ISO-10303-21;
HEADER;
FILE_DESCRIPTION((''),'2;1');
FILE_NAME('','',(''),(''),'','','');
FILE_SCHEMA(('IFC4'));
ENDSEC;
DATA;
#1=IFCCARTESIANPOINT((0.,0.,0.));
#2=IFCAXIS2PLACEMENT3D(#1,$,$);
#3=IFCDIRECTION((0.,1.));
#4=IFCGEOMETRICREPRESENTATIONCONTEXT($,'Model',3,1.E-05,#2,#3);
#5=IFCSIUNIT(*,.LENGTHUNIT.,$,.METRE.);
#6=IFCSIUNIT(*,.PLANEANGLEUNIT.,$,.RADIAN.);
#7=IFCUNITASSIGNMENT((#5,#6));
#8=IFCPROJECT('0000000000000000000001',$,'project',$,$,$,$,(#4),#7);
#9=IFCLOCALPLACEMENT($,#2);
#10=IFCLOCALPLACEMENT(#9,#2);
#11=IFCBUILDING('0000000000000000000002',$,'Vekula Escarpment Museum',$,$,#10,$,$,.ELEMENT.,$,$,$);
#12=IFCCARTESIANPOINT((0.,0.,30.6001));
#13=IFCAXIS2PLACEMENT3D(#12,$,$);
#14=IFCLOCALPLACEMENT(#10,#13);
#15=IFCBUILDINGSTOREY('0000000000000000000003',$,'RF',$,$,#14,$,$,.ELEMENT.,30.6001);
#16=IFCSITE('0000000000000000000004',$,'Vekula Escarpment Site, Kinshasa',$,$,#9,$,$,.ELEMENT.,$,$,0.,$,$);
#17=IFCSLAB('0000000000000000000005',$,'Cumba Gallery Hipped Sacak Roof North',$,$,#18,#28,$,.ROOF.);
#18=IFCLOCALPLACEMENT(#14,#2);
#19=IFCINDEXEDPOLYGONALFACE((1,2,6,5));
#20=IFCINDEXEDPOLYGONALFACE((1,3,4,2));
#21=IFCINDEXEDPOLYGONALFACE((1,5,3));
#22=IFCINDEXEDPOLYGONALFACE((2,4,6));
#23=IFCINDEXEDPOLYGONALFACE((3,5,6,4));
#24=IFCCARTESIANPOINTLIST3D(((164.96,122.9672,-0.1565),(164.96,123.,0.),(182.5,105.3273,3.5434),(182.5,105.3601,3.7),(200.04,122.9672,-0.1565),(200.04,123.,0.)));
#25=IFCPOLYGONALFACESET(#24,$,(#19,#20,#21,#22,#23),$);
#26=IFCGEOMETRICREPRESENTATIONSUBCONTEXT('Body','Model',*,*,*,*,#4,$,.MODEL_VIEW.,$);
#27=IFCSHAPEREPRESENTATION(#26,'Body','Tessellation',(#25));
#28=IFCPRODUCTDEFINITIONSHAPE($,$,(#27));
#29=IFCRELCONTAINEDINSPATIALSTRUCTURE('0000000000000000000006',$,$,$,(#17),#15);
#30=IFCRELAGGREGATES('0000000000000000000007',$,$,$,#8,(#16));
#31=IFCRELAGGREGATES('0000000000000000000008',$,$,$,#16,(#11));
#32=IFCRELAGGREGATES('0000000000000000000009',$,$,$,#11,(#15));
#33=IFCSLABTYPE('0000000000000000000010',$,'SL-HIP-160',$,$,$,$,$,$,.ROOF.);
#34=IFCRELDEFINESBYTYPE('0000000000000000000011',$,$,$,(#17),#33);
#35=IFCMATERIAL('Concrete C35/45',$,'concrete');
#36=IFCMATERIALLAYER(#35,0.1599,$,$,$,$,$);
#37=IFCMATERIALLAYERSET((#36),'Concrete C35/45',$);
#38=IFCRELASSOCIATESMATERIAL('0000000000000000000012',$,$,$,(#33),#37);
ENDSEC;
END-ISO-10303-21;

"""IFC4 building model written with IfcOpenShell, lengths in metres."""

from ifc_helpers import new_model, si_unit, direction, frame, origin, place, context, subcontext, project, spatial, polyline, outline, extrude, material, layer, layer_set, type_object, element, save


model = new_model("IFC4")

# Units and contexts
model_context = context("Model", 3, precision=1e-05, world=origin(), true_north=direction((0.0, 1.0)))
body_context = subcontext(model_context, "Body", "Model", "MODEL_VIEW")
ifc_project = project(units=[si_unit("LENGTHUNIT", "METRE"), si_unit("PLANEANGLEUNIT", "RADIAN")], contexts=[model_context])

# Site, building, storey
site_placement = place(None, origin())
site = spatial("IfcSite", under=ifc_project, at=site_placement, Name="Vekula Escarpment Site, Kinshasa", CompositionType="ELEMENT", RefElevation=0.0)
building_placement = place(site_placement, origin())
building = spatial("IfcBuilding", under=site, at=building_placement, Name="Vekula Escarpment Museum", CompositionType="ELEMENT")
storey_placement = place(building_placement, frame((0.0, 0.0, 30.6001)))
storey = spatial("IfcBuildingStorey", under=building, at=storey_placement, Name="RF", CompositionType="ELEMENT", Elevation=30.6001)

# Slab
ifc_material_1 = material(Name="Concrete C35/45", Category="concrete")
ifc_layer_1 = layer(ifc_material_1, 0.1599)
ifc_layer_set_1 = layer_set([ifc_layer_1], Name="Concrete C35/45")
slab_type = type_object("IfcSlabType", Name="SL-HIP-160", PredefinedType="ROOF", material=ifc_layer_set_1)
slab_placement = place(storey_placement, frame((200.04, 123.0, 0.0), z_axis=(0.0, 0.205282, 0.978703), x_axis=(-1.0, 0.0, 0.0)))
element("IfcSlab", 1, at=slab_placement, inside=storey, type_object=slab_type, Name="Cumba Gallery Hipped Sacak Roof North", PredefinedType="ROOF", context=body_context, shape_type="SweptSolid", body=[
    extrude(outline(polyline([(0.0, 0.0), (35.0801, 0.0), (17.54, 18.0237), (0.0, 0.0)])), origin(), (0.0, 0.0, -1.0), 0.1599),
])

save(model, "model.ifc")
